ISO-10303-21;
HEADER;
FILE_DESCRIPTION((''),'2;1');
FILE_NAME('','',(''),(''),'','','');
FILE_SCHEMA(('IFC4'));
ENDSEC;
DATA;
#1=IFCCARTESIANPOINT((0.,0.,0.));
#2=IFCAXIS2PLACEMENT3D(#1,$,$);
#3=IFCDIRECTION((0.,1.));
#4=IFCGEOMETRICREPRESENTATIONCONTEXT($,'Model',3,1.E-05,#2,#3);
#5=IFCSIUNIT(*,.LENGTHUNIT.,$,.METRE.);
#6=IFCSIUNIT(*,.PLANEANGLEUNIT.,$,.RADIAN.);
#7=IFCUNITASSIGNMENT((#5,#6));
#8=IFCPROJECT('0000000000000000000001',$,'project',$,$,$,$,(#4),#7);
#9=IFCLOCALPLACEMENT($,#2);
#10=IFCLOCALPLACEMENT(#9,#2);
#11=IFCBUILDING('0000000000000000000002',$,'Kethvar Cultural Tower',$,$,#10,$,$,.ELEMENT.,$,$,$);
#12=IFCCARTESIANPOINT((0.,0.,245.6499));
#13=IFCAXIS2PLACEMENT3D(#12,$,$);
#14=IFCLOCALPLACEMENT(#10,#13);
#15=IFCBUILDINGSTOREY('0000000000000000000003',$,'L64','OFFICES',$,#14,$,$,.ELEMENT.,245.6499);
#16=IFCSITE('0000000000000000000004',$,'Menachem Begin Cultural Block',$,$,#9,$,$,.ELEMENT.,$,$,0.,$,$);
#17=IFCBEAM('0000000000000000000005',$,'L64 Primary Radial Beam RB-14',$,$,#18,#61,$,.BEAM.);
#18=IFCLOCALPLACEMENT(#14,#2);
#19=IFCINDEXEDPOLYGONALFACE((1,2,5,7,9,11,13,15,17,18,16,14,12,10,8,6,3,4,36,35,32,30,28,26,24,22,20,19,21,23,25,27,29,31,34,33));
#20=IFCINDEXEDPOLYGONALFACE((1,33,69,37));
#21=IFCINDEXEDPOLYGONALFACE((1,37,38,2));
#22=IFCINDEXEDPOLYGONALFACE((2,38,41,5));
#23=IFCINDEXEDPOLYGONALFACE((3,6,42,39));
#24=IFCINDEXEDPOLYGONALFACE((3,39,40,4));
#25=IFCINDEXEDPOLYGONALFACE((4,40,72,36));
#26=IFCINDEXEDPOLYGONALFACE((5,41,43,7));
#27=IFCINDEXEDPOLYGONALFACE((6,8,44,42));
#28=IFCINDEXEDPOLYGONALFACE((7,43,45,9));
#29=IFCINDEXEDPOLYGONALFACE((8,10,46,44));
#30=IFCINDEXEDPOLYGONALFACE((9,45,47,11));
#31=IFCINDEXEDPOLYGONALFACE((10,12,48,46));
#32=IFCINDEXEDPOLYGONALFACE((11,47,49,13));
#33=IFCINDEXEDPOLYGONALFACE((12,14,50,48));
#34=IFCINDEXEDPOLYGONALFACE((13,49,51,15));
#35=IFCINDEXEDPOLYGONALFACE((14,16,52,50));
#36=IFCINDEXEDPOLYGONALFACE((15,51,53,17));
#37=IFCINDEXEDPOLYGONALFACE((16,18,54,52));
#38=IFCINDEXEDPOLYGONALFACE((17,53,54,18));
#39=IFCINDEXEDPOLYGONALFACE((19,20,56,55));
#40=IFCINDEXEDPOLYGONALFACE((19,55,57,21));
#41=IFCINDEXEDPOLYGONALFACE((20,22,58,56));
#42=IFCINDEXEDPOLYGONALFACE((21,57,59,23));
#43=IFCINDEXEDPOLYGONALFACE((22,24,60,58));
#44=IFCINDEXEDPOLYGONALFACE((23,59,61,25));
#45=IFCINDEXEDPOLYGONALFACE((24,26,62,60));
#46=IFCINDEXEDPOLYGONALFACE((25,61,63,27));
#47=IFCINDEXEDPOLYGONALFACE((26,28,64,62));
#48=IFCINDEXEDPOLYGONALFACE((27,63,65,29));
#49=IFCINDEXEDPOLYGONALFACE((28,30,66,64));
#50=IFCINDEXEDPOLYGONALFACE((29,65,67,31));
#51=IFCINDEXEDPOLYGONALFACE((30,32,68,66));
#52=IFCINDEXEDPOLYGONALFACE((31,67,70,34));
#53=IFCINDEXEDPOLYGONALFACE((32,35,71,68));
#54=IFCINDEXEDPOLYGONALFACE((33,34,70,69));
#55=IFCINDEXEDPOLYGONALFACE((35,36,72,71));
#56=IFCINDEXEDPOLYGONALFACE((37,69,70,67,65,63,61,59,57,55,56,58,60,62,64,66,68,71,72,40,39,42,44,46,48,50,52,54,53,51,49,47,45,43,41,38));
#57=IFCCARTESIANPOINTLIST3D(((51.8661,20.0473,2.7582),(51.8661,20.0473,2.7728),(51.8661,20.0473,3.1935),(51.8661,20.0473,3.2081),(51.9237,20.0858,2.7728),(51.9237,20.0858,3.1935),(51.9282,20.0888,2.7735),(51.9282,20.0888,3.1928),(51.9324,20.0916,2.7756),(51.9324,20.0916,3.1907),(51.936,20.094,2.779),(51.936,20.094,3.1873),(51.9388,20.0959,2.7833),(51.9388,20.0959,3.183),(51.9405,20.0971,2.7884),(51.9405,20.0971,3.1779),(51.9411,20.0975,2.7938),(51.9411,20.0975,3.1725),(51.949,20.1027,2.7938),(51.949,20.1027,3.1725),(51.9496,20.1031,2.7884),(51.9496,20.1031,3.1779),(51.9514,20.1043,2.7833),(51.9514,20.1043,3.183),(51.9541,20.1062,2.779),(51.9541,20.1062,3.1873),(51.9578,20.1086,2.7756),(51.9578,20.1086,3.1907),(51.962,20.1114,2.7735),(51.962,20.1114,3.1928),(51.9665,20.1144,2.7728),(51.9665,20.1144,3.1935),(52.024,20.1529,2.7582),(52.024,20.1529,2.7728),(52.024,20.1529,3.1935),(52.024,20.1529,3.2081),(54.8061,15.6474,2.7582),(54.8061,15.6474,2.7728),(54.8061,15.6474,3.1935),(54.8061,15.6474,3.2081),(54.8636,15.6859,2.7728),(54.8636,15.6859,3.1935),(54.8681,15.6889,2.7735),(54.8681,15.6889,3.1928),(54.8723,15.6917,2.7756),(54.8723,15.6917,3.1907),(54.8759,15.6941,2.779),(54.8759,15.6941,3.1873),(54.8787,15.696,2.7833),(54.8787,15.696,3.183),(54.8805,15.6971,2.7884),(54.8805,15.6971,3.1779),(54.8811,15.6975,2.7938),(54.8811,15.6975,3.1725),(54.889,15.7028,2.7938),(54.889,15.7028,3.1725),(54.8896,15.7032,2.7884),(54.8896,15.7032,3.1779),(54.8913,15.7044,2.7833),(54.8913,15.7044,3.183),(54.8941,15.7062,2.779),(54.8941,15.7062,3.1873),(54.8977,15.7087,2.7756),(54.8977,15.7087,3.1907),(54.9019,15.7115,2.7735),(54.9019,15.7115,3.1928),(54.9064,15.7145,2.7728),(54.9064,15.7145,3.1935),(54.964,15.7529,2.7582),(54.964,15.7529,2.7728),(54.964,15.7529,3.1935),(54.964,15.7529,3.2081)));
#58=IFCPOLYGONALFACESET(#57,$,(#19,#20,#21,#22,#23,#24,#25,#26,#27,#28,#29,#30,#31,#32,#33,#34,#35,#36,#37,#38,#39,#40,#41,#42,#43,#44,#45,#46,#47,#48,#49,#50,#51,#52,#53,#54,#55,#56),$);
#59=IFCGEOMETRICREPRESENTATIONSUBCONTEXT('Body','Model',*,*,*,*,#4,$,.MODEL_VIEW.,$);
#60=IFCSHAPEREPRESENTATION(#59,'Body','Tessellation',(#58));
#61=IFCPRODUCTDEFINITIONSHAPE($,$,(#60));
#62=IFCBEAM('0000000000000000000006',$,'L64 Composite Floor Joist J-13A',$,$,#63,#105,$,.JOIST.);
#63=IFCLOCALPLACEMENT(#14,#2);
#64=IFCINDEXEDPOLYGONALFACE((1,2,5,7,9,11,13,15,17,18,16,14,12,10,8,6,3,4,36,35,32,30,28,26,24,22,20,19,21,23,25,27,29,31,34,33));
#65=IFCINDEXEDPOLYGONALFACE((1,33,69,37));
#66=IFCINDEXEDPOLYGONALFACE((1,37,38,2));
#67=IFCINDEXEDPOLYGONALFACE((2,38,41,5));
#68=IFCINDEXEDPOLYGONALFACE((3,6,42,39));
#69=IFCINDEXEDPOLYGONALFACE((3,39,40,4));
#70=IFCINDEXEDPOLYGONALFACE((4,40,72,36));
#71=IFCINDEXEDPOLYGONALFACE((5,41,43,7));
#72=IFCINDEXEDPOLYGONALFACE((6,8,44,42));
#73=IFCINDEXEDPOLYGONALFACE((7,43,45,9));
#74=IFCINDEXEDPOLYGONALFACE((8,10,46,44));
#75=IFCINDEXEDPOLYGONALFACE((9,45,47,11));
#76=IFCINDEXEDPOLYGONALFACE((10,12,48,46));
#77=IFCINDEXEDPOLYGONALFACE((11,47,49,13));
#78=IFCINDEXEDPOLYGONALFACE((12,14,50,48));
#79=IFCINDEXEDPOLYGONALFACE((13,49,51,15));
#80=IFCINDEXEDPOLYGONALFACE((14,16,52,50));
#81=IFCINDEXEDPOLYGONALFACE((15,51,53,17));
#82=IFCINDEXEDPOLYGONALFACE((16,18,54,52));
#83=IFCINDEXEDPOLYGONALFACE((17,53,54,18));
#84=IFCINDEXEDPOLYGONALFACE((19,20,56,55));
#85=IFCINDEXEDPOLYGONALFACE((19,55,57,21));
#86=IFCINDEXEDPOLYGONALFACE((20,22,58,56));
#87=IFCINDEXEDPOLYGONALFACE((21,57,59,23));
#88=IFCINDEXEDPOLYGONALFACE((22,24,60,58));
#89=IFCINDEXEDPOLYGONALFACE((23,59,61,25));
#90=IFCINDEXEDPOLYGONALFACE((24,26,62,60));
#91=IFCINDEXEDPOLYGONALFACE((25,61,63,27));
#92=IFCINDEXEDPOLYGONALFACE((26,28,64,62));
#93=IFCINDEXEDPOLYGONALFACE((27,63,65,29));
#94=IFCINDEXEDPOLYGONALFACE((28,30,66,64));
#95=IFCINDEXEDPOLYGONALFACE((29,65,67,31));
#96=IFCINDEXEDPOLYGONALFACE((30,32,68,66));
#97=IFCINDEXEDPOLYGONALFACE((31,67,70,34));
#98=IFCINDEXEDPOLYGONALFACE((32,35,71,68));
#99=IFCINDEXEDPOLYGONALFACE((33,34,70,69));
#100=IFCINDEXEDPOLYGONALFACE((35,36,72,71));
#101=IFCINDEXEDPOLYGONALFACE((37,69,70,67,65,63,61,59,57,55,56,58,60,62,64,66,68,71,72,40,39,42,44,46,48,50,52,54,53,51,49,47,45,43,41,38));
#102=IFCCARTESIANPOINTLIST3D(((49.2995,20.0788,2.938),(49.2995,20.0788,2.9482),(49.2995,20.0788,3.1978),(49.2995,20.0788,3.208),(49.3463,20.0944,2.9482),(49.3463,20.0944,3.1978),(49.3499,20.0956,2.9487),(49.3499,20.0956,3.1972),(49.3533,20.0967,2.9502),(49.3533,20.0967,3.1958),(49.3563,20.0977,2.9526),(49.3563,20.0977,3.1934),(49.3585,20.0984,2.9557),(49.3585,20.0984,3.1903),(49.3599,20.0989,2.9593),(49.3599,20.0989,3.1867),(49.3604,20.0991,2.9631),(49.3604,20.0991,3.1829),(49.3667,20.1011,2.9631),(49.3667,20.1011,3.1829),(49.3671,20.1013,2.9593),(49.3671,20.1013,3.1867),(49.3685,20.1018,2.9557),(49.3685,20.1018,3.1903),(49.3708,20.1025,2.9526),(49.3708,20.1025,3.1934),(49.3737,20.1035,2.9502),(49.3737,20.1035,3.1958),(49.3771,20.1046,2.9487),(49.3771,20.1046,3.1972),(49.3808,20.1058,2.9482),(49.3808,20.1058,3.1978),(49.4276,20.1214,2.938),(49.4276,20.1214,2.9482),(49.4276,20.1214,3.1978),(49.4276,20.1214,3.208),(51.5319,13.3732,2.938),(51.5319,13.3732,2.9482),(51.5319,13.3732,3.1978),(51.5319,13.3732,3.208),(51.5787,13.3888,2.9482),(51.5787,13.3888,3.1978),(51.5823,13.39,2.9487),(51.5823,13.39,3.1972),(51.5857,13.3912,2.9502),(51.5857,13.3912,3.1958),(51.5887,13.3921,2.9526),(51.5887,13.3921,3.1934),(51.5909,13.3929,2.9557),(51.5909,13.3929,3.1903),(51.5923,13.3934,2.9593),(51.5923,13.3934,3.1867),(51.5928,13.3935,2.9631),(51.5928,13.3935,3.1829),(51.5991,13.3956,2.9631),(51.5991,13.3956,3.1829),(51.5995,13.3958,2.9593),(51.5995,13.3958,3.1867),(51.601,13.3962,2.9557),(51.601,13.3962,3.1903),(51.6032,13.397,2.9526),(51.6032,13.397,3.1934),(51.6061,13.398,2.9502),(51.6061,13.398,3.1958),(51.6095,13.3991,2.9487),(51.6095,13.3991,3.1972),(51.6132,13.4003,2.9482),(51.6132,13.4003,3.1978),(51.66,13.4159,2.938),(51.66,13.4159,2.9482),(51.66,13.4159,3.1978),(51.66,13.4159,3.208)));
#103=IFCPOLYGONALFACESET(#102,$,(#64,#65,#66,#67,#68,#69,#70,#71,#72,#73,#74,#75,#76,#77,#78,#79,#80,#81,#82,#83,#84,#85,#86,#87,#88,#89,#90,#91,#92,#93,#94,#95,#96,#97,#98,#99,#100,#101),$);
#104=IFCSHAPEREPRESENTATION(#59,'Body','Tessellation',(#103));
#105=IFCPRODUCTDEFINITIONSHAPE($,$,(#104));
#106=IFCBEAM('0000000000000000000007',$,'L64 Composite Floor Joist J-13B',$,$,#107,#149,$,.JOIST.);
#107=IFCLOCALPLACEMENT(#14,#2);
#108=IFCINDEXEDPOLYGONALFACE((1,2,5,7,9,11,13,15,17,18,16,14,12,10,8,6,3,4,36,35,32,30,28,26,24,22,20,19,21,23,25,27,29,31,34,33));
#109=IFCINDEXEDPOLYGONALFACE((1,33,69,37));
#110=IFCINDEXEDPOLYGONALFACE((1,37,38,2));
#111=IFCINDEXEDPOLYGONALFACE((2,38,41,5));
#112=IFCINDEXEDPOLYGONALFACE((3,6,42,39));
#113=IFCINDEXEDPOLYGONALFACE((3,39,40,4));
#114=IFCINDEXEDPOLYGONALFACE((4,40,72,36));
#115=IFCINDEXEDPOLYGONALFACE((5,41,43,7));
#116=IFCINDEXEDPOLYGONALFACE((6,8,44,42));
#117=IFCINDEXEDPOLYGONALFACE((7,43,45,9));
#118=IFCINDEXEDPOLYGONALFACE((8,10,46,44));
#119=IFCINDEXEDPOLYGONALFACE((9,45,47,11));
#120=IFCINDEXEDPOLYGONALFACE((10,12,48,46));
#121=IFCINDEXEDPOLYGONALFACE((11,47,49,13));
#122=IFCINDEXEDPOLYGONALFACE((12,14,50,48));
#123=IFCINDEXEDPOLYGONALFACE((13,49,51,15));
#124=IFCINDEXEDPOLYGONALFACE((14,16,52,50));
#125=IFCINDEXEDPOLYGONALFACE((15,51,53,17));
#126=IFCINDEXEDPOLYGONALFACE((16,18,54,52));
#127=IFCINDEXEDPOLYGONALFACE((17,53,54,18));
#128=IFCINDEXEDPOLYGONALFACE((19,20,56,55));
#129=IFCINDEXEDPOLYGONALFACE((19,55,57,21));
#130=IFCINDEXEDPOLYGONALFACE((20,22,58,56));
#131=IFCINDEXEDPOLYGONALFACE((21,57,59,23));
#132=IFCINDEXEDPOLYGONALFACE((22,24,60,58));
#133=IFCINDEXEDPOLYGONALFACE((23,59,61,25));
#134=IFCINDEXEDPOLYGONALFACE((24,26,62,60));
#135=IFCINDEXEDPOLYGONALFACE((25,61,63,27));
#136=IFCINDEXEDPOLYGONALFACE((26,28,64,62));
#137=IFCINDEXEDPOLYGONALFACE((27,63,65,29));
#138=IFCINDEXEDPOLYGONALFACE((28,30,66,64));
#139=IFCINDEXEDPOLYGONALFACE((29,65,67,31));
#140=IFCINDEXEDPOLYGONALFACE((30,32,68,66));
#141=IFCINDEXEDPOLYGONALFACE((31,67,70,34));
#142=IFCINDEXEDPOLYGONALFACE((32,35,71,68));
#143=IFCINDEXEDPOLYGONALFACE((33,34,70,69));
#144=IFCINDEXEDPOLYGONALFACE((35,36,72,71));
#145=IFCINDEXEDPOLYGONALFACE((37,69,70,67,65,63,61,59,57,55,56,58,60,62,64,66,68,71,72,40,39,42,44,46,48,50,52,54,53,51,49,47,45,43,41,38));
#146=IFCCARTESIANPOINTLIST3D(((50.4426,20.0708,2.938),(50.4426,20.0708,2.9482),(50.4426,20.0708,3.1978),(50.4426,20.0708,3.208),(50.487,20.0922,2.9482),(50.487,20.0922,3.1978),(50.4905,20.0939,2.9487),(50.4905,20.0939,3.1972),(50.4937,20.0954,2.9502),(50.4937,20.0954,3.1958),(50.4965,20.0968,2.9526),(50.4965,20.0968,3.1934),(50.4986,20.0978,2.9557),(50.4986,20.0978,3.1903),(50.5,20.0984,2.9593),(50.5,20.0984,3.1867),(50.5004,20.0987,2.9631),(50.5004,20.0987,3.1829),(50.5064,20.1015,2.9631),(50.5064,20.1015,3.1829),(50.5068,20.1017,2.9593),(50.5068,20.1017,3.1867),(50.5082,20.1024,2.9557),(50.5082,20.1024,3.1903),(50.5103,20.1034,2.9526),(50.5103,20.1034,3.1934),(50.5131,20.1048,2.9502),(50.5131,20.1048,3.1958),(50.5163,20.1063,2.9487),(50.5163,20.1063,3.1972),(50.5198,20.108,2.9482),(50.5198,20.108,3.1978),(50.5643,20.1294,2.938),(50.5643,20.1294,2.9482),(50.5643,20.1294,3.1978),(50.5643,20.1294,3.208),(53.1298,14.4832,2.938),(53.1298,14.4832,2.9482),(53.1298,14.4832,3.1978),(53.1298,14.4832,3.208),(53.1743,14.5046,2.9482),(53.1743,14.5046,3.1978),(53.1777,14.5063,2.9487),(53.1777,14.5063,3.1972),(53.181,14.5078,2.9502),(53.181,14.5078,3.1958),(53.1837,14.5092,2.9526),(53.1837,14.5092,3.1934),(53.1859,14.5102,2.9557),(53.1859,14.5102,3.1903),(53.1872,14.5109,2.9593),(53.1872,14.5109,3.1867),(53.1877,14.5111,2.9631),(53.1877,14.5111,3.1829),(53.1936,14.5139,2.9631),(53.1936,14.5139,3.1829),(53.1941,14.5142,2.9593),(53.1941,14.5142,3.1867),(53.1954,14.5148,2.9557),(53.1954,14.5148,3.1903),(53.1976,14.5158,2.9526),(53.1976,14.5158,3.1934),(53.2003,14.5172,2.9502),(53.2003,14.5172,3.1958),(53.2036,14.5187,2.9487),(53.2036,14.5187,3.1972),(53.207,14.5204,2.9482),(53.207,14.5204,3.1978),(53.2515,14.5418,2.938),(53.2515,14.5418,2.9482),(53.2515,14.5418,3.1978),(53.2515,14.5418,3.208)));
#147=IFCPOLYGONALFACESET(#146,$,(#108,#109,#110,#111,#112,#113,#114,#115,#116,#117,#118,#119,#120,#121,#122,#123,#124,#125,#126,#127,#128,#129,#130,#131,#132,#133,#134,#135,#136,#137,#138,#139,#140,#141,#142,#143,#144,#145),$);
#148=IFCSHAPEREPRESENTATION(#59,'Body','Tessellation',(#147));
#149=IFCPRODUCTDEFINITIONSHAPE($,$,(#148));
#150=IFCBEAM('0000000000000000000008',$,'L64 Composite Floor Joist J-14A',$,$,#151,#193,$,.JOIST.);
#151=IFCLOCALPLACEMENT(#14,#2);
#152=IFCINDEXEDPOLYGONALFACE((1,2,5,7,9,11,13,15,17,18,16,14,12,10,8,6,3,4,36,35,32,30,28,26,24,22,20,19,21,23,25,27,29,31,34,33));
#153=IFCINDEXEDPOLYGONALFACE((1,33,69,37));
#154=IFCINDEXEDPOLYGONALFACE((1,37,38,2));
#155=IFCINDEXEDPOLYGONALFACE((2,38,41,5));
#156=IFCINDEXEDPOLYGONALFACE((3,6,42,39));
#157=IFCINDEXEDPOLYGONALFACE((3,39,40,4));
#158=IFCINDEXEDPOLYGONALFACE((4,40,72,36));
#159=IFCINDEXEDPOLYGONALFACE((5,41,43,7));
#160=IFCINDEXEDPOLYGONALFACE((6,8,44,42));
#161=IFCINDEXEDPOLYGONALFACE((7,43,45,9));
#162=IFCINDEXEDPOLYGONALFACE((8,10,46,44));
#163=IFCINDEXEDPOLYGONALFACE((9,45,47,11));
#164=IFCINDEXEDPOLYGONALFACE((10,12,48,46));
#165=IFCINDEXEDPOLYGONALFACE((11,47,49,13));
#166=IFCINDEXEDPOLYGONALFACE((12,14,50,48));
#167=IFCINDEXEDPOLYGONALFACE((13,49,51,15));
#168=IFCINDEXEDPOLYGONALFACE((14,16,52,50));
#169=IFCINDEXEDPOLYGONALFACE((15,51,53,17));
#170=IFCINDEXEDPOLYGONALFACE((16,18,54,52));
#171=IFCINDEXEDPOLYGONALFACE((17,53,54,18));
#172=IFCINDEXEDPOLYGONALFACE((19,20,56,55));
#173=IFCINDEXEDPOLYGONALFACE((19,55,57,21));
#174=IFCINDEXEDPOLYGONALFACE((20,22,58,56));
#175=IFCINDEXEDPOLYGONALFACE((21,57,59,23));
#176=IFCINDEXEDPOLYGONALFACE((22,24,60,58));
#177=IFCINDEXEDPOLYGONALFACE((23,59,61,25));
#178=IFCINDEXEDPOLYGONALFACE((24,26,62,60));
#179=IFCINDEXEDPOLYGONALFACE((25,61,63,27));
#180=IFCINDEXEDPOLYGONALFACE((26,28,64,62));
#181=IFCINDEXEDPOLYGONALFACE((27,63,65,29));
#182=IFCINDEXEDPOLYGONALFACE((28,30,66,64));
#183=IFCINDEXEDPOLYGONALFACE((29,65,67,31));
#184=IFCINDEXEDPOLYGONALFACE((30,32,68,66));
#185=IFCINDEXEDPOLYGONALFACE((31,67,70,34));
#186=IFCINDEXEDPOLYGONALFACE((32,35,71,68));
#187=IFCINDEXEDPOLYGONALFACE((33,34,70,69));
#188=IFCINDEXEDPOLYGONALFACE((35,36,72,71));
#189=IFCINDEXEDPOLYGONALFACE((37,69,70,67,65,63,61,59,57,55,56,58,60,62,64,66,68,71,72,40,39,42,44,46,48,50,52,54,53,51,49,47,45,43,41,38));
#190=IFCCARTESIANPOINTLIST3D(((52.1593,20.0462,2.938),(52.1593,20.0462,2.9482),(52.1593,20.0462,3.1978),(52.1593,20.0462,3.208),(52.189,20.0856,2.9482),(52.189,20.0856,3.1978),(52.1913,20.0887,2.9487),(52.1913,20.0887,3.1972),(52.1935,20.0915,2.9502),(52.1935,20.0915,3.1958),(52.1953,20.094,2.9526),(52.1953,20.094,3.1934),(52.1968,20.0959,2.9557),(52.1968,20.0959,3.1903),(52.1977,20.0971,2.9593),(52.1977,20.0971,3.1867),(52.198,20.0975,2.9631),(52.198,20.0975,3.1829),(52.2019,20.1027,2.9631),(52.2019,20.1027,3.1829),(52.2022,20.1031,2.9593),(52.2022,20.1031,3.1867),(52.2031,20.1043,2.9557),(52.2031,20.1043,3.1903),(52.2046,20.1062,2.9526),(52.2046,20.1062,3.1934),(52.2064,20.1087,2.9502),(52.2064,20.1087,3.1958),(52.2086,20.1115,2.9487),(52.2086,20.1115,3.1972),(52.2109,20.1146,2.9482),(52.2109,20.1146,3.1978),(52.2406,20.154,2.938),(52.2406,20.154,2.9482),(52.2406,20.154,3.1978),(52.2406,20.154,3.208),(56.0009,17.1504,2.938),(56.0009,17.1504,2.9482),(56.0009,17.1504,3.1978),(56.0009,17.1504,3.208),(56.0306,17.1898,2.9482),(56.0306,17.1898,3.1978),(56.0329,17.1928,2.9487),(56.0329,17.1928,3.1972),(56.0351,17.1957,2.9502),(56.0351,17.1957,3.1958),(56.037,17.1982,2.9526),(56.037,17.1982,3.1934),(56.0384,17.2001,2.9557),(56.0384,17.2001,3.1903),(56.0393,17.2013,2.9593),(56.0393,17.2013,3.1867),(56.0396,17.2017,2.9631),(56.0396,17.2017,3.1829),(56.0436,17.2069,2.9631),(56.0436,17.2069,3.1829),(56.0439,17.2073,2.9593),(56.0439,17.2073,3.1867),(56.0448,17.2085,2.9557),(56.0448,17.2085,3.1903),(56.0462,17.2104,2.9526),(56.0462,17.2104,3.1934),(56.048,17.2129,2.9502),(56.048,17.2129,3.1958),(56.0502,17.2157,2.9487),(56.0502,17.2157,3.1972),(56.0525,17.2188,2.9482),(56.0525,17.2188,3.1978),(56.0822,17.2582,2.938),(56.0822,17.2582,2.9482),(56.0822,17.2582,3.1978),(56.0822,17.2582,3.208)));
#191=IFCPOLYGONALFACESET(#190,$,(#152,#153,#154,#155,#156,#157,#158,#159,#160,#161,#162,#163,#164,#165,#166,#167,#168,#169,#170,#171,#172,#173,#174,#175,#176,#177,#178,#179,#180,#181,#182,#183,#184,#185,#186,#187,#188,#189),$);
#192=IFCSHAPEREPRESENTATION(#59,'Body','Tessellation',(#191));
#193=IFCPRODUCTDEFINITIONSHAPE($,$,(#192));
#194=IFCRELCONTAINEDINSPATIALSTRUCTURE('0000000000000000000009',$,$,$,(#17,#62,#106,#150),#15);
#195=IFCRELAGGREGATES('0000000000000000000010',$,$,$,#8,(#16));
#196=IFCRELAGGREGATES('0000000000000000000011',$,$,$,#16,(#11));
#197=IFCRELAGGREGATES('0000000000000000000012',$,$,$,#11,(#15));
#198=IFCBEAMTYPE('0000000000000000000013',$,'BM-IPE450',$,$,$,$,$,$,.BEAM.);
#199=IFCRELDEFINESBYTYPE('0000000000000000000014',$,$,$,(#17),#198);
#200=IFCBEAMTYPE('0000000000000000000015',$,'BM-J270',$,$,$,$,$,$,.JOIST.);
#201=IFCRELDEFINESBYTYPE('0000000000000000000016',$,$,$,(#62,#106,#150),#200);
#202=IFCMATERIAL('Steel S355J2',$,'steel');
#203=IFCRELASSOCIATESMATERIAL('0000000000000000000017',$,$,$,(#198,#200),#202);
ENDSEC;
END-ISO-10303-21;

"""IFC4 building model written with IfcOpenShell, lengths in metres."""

from ifc_helpers import new_model, si_unit, direction, frame, origin, origin_2d, place, context, subcontext, project, spatial, i_section, extrude, source, transform, mapped, material, material_profile, profile_set, type_object, element, save


model = new_model("IFC4")

# Units and contexts
model_context = context("Model", 3, precision=1e-05, world=origin(), true_north=direction((0.0, 1.0)))
body_context = subcontext(model_context, "Body", "Model", "MODEL_VIEW")
ifc_project = project(units=[si_unit("LENGTHUNIT", "METRE"), si_unit("PLANEANGLEUNIT", "RADIAN")], contexts=[model_context])

# Site, building, storey
site_placement = place(None, origin())
site = spatial("IfcSite", under=ifc_project, at=site_placement, Name="Menachem Begin Cultural Block", CompositionType="ELEMENT", RefElevation=0.0)
building_placement = place(site_placement, origin())
building = spatial("IfcBuilding", under=site, at=building_placement, Name="Kethvar Cultural Tower", CompositionType="ELEMENT")
storey_placement = place(building_placement, frame((0.0, 0.0, 245.6499)))
storey = spatial("IfcBuildingStorey", under=building, at=storey_placement, Name="L64", Description="OFFICES", CompositionType="ELEMENT", Elevation=245.6499)

# Beams
ifc_material_1 = material(Name="Steel S355J2", Category="steel")
ifc_material_profile_1 = material_profile(ifc_material_1, i_section(OverallWidth=0.1899, OverallDepth=0.45, WebThickness=0.0095, FlangeThickness=0.0146, FilletRadius=0.021, at=origin_2d()), Name="Steel S355J2 — IPE450")
ifc_profile_set_1 = profile_set([ifc_material_profile_1], Name="Steel S355J2 — IPE450")
beam_type_1 = type_object("IfcBeamType", Name="BM-IPE450", PredefinedType="BEAM", material=ifc_profile_set_1)
shared_shape_1 = source(origin(), body_context, "Body", "SweptSolid", [
    extrude(i_section(OverallWidth=0.1899, OverallDepth=0.45, WebThickness=0.0095, FlangeThickness=0.0146, FilletRadius=0.021, at=origin_2d()), origin(), (0.0, 0.0, 1.0), 5.2917),
])
beam_1_placement = place(storey_placement, frame((51.9451, 20.1001, 2.9832), z_axis=(0.555573, -0.831468, 0.0), x_axis=(0.831468, 0.555573, 0.0)))
element("IfcBeam", 1, at=beam_1_placement, inside=storey, type_object=beam_type_1, Name="L64 Primary Radial Beam RB-14", PredefinedType="BEAM", context=body_context, shape_type="MappedRepresentation", body=[
    mapped(shared_shape_1, transform((0.0, 0.0, 0.0), scale=1.0)),
])
ifc_material_profile_2 = material_profile(ifc_material_1, i_section(OverallWidth=0.135, OverallDepth=0.27, WebThickness=0.0066, FlangeThickness=0.0103, FilletRadius=0.0149, at=origin_2d()), Name="Steel S355J2 — IPE270")
ifc_profile_set_2 = profile_set([ifc_material_profile_2], Name="Steel S355J2 — IPE270")
beam_type_2 = type_object("IfcBeamType", Name="BM-J270", PredefinedType="JOIST", material=ifc_profile_set_2)
shared_shape_2 = source(origin(), body_context, "Body", "SweptSolid", [
    extrude(i_section(OverallWidth=0.135, OverallDepth=0.27, WebThickness=0.0066, FlangeThickness=0.0103, FilletRadius=0.0149, at=origin_2d()), origin(), (0.0, 0.0, 1.0), 7.0674),
])
beam_2_placement = place(storey_placement, frame((49.3635, 20.1001, 3.073), z_axis=(0.315875, -0.948801, 0.0), x_axis=(0.948801, 0.315875, 0.0)))
element("IfcBeam", 2, at=beam_2_placement, inside=storey, type_object=beam_type_2, Name="L64 Composite Floor Joist J-13A", PredefinedType="JOIST", context=body_context, shape_type="MappedRepresentation", body=[
    mapped(shared_shape_2, transform((0.0, 0.0, 0.0), scale=1.0)),
])
shared_shape_3 = source(origin(), body_context, "Body", "SweptSolid", [
    extrude(i_section(OverallWidth=0.135, OverallDepth=0.27, WebThickness=0.0066, FlangeThickness=0.0103, FilletRadius=0.0149, at=origin_2d()), origin(), (0.0, 0.0, 1.0), 6.2002),
])
beam_3_placement = place(storey_placement, frame((50.5034, 20.1001, 3.073), z_axis=(0.433411, -0.901197, 0.0), x_axis=(0.901197, 0.433411, 0.0)))
element("IfcBeam", 3, at=beam_3_placement, inside=storey, type_object=beam_type_2, Name="L64 Composite Floor Joist J-13B", PredefinedType="JOIST", context=body_context, shape_type="MappedRepresentation", body=[
    mapped(shared_shape_3, transform((0.0, 0.0, 0.0), scale=1.0)),
])
shared_shape_4 = source(origin(), body_context, "Body", "SweptSolid", [
    extrude(i_section(OverallWidth=0.135, OverallDepth=0.27, WebThickness=0.0066, FlangeThickness=0.0103, FilletRadius=0.0149, at=origin_2d()), origin(), (0.0, 0.0, 1.0), 4.8108),
])
beam_4_placement = place(storey_placement, frame((52.2, 20.1001, 3.073), z_axis=(0.798542, -0.601939, 0.0), x_axis=(0.601939, 0.798542, 0.0)))
element("IfcBeam", 4, at=beam_4_placement, inside=storey, type_object=beam_type_2, Name="L64 Composite Floor Joist J-14A", PredefinedType="JOIST", context=body_context, shape_type="MappedRepresentation", body=[
    mapped(shared_shape_4, transform((0.0, 0.0, 0.0), scale=1.0)),
])

save(model, "model.ifc")
